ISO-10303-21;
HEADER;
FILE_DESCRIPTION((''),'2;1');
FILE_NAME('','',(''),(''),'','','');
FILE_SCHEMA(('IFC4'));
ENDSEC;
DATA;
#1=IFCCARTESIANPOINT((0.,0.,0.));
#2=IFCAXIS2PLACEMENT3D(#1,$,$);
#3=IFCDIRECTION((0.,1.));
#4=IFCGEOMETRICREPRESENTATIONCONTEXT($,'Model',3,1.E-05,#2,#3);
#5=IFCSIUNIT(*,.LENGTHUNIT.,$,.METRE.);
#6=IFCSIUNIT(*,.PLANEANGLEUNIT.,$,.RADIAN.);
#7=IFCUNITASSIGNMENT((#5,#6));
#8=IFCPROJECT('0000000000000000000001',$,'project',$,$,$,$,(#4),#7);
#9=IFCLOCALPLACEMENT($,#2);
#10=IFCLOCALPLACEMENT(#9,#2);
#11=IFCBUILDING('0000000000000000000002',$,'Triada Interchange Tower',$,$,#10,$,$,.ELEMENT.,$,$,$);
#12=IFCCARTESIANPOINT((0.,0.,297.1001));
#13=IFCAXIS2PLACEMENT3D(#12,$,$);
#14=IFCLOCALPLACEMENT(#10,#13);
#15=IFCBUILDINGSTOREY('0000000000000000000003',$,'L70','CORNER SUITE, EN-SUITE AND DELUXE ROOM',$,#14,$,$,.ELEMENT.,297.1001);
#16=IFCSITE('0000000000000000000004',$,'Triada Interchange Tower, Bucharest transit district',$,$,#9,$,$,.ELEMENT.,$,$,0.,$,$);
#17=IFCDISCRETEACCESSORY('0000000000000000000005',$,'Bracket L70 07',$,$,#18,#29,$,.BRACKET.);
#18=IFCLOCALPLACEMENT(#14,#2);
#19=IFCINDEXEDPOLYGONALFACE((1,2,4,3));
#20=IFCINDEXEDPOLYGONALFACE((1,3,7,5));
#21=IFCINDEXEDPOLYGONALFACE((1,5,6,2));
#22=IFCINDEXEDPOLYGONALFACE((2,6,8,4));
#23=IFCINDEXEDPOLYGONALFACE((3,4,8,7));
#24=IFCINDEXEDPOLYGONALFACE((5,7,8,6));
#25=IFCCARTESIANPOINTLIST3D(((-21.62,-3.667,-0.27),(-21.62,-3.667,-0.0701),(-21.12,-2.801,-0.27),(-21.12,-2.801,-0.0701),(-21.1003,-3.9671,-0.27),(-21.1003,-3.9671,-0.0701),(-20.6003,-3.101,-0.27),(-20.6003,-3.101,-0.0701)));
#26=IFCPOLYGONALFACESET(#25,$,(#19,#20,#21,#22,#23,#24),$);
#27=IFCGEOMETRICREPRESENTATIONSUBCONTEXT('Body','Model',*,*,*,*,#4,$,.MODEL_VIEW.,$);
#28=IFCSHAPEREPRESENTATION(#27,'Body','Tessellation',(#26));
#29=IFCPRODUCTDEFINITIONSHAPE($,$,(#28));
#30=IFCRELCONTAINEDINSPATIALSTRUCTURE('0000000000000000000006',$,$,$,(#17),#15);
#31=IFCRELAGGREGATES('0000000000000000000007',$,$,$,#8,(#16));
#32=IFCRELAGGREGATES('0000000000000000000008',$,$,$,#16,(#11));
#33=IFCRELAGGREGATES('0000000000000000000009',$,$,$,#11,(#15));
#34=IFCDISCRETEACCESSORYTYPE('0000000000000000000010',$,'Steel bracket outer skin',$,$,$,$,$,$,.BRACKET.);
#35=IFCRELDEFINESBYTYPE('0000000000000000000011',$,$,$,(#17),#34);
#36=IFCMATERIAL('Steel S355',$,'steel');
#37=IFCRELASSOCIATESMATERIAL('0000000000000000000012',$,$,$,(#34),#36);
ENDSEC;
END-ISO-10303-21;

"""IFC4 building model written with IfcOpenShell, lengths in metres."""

from ifc_helpers import new_model, si_unit, direction, frame, origin, origin_2d, place, context, subcontext, project, spatial, rectangle, extrude, material, type_object, element, save


model = new_model("IFC4")

# Units and contexts
model_context = context("Model", 3, precision=1e-05, world=origin(), true_north=direction((0.0, 1.0)))
body_context = subcontext(model_context, "Body", "Model", "MODEL_VIEW")
ifc_project = project(units=[si_unit("LENGTHUNIT", "METRE"), si_unit("PLANEANGLEUNIT", "RADIAN")], contexts=[model_context])

# Site, building, storey
site_placement = place(None, origin())
site = spatial("IfcSite", under=ifc_project, at=site_placement, Name="Triada Interchange Tower, Bucharest transit district", CompositionType="ELEMENT", RefElevation=0.0)
building_placement = place(site_placement, origin())
building = spatial("IfcBuilding", under=site, at=building_placement, Name="Triada Interchange Tower", CompositionType="ELEMENT")
storey_placement = place(building_placement, frame((0.0, 0.0, 297.1001)))
storey = spatial("IfcBuildingStorey", under=building, at=storey_placement, Name="L70", Description="CORNER SUITE, EN-SUITE AND DELUXE ROOM", CompositionType="ELEMENT", Elevation=297.1001)

# Discrete accessory
ifc_material_1 = material(Name="Steel S355", Category="steel")
discrete_accessory_type = type_object("IfcDiscreteAccessoryType", Name="Steel bracket outer skin", PredefinedType="BRACKET", material=ifc_material_1)
discrete_accessory_placement = place(storey_placement, frame((-21.1101, -3.384, -0.27), z_axis=(0.0, 0.0, 1.0), x_axis=(-0.866023, 0.500004, 0.0)))
element("IfcDiscreteAccessory", 1, at=discrete_accessory_placement, inside=storey, type_object=discrete_accessory_type, Name="Bracket L70 07", PredefinedType="BRACKET", context=body_context, shape_type="SweptSolid", body=[
    extrude(rectangle(XDim=0.6001, YDim=1.0, at=origin_2d()), origin(), (0.0, 0.0, 1.0), 0.2),
])

save(model, "model.ifc")
